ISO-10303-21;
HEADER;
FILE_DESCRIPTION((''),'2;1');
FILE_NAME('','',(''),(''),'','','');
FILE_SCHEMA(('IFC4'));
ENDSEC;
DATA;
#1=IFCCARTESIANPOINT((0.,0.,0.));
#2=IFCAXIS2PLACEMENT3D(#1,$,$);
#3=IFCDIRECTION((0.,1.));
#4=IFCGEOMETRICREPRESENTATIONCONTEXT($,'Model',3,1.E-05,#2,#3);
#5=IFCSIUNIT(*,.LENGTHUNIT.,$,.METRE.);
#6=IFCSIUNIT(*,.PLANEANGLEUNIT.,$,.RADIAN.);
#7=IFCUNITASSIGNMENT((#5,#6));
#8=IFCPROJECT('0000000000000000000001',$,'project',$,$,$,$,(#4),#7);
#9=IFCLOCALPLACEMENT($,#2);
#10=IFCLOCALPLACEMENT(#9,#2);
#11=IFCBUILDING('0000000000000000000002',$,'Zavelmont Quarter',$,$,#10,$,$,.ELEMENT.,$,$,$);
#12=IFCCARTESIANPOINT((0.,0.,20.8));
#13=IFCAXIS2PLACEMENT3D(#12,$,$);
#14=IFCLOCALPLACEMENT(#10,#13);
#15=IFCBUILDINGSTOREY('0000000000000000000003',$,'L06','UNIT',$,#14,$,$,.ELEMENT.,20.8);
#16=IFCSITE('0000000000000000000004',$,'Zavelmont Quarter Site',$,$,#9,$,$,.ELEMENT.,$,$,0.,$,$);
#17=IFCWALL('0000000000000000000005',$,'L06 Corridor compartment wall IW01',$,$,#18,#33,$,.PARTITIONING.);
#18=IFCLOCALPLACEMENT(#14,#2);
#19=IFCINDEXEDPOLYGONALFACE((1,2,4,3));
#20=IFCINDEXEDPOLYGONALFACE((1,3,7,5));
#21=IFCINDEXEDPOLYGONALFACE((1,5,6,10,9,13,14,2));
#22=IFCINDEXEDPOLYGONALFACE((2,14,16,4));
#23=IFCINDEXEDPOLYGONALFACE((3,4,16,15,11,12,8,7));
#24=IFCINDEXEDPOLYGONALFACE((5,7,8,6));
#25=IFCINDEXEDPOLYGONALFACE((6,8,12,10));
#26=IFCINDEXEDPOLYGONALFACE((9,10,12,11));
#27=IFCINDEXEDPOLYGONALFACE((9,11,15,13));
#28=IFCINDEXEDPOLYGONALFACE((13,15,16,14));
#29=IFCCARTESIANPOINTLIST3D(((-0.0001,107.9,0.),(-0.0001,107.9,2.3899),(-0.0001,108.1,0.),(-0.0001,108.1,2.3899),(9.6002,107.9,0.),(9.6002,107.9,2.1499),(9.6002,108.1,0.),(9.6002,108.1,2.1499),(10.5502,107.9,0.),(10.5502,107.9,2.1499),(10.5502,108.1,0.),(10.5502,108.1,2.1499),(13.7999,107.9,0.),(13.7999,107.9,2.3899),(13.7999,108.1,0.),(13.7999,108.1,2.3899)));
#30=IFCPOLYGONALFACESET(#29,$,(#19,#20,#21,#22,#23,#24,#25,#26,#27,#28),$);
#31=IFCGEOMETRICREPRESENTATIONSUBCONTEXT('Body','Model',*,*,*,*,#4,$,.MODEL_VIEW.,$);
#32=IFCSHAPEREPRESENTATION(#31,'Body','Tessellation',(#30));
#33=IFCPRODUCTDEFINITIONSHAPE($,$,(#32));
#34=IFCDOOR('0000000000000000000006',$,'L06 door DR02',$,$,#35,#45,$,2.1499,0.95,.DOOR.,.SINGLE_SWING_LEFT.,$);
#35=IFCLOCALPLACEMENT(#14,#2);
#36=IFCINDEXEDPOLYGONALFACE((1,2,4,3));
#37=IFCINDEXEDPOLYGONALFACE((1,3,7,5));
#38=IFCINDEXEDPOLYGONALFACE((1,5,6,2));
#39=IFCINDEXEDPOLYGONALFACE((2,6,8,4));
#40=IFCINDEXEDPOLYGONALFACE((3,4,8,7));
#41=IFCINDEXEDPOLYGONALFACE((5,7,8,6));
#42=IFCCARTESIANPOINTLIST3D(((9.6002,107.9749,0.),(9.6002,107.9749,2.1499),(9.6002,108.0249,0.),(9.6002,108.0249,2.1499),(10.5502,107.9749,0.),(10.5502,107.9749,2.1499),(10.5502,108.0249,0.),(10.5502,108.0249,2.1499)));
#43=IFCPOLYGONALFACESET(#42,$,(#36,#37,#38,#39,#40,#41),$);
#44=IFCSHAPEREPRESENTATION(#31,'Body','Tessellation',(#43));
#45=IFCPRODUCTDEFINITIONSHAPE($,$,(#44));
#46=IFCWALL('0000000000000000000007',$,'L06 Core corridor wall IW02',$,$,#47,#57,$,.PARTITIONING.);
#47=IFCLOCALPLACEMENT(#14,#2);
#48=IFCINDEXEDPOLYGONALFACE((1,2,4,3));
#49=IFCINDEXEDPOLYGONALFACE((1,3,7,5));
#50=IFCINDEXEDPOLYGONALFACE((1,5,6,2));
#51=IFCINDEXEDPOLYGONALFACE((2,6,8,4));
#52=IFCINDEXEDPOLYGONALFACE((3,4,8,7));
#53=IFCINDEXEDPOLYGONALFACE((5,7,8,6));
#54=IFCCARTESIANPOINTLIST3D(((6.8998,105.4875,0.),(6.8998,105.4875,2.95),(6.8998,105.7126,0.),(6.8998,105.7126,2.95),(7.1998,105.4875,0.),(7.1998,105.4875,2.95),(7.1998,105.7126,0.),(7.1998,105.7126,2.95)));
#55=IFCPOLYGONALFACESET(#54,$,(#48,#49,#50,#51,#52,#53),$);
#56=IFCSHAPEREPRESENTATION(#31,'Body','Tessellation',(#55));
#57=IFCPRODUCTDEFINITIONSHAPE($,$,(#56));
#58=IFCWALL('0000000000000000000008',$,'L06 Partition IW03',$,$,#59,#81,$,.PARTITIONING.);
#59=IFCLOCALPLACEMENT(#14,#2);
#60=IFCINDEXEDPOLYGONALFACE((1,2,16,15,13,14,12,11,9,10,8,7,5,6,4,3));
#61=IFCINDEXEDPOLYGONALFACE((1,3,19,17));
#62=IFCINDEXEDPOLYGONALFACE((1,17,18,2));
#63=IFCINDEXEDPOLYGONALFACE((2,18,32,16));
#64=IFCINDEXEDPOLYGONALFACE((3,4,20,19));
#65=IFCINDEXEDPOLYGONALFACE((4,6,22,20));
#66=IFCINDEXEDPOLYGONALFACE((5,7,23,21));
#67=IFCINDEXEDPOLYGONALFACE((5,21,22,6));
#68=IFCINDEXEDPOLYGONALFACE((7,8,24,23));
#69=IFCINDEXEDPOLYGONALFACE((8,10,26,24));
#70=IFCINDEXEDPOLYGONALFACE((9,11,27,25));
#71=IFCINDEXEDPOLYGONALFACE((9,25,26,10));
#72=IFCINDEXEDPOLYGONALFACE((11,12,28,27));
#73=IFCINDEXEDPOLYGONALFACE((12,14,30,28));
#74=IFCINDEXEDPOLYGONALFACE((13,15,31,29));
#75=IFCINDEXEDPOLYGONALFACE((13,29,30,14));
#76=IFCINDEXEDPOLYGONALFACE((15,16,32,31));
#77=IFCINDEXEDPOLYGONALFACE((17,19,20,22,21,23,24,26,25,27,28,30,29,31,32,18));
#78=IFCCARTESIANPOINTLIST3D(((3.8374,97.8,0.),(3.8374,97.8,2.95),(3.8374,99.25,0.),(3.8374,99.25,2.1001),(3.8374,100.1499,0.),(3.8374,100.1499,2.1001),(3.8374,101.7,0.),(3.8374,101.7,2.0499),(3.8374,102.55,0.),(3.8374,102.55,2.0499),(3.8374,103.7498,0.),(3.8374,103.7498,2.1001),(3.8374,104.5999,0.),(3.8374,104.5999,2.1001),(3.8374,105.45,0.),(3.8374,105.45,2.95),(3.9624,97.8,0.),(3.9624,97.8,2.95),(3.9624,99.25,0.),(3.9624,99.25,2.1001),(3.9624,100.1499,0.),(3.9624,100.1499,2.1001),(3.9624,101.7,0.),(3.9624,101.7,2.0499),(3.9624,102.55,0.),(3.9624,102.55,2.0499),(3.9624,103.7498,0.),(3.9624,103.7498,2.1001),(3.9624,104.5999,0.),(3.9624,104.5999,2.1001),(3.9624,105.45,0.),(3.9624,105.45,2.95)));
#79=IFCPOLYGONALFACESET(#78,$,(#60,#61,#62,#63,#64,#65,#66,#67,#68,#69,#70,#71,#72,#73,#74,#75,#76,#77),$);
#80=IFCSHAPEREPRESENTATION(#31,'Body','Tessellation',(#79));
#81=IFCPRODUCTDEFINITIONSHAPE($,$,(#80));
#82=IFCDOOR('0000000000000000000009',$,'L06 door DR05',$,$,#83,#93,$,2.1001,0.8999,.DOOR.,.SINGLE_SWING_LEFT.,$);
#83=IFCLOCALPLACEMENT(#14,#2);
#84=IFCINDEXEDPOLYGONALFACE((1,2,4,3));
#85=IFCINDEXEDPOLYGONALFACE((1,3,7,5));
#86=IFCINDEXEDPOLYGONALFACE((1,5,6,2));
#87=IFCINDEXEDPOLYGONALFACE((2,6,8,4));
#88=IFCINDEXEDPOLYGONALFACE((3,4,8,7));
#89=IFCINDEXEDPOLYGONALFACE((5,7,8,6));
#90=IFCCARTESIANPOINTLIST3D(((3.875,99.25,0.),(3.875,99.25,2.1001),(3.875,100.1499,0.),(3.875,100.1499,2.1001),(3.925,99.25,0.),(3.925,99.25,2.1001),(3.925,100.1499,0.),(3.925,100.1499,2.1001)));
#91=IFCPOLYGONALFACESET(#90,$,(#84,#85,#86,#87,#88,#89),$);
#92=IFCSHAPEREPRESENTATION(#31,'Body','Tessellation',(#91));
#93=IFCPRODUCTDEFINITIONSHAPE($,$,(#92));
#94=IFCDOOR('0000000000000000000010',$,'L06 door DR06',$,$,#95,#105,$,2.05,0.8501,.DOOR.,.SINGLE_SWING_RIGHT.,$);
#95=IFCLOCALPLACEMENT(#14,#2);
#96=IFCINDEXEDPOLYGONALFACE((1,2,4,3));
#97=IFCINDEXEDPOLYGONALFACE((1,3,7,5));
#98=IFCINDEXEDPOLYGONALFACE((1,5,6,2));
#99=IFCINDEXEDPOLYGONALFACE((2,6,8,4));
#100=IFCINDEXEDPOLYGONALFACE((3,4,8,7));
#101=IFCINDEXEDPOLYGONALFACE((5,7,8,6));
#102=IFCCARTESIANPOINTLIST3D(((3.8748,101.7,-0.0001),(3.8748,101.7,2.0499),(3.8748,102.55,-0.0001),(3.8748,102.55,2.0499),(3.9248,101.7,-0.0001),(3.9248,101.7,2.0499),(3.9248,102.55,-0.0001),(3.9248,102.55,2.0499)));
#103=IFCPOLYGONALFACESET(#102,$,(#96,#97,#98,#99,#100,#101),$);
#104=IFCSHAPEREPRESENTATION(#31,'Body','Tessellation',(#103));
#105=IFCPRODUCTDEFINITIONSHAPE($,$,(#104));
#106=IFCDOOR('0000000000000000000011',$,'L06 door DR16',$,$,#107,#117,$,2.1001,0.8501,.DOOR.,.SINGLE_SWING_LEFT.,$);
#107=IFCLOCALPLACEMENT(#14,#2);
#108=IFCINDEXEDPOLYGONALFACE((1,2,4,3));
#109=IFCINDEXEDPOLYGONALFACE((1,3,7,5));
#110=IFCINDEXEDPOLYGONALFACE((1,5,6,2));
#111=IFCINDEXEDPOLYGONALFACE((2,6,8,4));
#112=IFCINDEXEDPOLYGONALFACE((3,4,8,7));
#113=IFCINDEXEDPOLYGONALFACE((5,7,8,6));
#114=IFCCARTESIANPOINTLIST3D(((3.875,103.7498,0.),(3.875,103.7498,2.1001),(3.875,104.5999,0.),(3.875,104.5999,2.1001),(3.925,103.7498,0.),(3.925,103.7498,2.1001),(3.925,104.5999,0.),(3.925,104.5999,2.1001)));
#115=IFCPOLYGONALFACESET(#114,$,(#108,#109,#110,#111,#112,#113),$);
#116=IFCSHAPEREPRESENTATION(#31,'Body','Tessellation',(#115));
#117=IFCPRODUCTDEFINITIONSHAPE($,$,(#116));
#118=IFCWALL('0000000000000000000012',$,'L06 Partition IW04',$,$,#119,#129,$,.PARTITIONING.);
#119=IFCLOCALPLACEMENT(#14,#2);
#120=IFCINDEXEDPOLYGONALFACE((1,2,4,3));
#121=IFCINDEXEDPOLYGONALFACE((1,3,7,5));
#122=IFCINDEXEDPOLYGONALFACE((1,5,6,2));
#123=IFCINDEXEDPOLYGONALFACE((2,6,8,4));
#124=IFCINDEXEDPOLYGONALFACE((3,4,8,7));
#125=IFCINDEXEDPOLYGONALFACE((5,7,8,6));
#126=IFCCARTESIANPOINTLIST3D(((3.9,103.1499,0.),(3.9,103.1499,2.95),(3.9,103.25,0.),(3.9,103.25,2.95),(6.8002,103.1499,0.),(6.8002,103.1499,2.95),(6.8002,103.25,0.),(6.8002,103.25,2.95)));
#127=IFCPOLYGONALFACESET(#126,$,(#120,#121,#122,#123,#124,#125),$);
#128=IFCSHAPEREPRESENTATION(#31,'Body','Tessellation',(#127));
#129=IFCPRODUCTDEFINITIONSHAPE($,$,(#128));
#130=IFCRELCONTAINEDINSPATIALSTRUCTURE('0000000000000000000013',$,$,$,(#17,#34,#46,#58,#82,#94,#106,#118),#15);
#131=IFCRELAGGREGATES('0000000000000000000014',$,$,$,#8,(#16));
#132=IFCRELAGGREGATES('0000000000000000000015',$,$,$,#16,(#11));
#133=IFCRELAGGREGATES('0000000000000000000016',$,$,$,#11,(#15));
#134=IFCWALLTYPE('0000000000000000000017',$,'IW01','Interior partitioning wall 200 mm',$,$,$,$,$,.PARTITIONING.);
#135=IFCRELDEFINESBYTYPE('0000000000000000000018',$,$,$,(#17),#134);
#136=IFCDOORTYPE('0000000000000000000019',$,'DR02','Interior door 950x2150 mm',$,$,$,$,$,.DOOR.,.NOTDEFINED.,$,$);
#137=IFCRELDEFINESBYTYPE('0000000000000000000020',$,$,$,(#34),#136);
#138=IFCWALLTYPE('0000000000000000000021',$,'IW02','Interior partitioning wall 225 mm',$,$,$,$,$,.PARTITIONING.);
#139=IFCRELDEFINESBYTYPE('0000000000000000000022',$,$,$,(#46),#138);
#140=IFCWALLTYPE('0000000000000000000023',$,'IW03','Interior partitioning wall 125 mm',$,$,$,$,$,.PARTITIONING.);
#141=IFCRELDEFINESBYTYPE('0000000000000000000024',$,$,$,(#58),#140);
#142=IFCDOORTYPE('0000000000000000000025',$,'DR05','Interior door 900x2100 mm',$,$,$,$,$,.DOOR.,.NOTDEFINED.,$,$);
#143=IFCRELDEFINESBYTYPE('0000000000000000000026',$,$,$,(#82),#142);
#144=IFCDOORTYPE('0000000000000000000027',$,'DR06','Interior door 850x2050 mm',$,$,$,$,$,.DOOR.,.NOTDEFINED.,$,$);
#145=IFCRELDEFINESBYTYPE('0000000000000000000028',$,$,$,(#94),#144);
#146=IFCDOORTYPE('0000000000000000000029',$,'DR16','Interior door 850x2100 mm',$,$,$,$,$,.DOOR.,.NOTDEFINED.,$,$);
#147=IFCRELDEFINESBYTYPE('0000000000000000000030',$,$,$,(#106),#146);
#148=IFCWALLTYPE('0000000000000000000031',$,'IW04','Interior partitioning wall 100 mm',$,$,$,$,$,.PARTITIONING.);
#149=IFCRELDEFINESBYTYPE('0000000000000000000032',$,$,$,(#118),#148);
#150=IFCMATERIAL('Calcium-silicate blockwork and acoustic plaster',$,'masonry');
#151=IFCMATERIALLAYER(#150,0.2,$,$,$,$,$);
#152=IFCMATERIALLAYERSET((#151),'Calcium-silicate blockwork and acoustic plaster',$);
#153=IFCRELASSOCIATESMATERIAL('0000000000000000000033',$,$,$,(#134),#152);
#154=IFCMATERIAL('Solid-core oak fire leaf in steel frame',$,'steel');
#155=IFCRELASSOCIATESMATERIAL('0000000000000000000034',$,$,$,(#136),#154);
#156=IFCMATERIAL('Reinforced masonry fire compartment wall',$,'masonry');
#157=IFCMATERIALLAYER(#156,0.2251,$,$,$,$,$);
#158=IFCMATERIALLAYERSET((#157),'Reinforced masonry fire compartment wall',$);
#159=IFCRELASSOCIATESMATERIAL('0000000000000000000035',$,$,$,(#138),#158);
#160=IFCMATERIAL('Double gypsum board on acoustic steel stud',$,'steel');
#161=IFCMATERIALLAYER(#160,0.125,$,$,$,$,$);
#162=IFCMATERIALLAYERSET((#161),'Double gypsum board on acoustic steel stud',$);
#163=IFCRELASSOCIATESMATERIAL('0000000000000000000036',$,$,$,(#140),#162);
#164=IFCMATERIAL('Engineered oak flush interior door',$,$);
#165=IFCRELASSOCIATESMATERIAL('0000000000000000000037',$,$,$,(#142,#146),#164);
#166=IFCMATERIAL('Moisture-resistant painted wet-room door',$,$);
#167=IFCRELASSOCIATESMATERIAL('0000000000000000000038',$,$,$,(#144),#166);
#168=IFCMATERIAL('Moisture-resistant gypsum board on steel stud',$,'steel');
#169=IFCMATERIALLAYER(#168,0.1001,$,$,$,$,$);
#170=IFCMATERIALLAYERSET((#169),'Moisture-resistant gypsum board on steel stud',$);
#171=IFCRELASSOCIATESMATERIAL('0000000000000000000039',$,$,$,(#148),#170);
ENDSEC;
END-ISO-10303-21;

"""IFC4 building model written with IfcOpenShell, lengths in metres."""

from ifc_helpers import new_model, si_unit, direction, frame, frame_2d, origin, origin_with_axes, place, context, subcontext, project, spatial, rectangle, extrude, material, layer, layer_set, type_object, element, fill, save


model = new_model("IFC4")

# Units and contexts
model_context = context("Model", 3, precision=1e-05, world=origin(), true_north=direction((0.0, 1.0)))
body_context = subcontext(model_context, "Body", "Model", "MODEL_VIEW")
ifc_project = project(units=[si_unit("LENGTHUNIT", "METRE"), si_unit("PLANEANGLEUNIT", "RADIAN")], contexts=[model_context])

# Site, building, storey
site_placement = place(None, origin())
site = spatial("IfcSite", under=ifc_project, at=site_placement, Name="Zavelmont Quarter Site", CompositionType="ELEMENT", RefElevation=0.0)
building_placement = place(site_placement, origin())
building = spatial("IfcBuilding", under=site, at=building_placement, Name="Zavelmont Quarter", CompositionType="ELEMENT")
storey_placement = place(building_placement, frame((0.0, 0.0, 20.8)))
storey = spatial("IfcBuildingStorey", under=building, at=storey_placement, Name="L06", Description="UNIT", CompositionType="ELEMENT", Elevation=20.8)

# Wall, opening, door
ifc_material_1 = material(Name="Calcium-silicate blockwork and acoustic plaster", Category="masonry")
ifc_layer_1 = layer(ifc_material_1, 0.2)
ifc_layer_set_1 = layer_set([ifc_layer_1], Name="Calcium-silicate blockwork and acoustic plaster")
wall_type_1 = type_object("IfcWallType", Name="IW01", Description="Interior partitioning wall 200 mm", PredefinedType="PARTITIONING", material=ifc_layer_set_1)
wall_1_placement = place(storey_placement, frame((0.0, 108.0, 0.0), z_axis=(0.0, 0.0, 1.0), x_axis=(1.0, 0.0, 0.0)))
wall_1 = element("IfcWall", 1, at=wall_1_placement, inside=storey, type_object=wall_type_1, Name="L06 Corridor compartment wall IW01", PredefinedType="PARTITIONING", context=body_context, shape_type="SweptSolid", body=[
    extrude(rectangle(XDim=13.8, YDim=0.2, at=frame_2d((6.8999, 0.0))), origin(), (0.0, 0.0, 1.0), 2.3899),
])
opening_1_placement = place(wall_1_placement, frame((9.6001, 0.0, 0.0)))
opening_1 = element("IfcOpeningElement", 2, at=opening_1_placement, cuts=wall_1, PredefinedType="OPENING", context=body_context, shape_type="SweptSolid", body=[
    extrude(rectangle(XDim=0.95, YDim=2.1499, at=frame_2d((0.4751, 1.075))), frame((0.0, 0.1118, 0.0), z_axis=(0.0, -1.0, 0.0), x_axis=(1.0, 0.0, 0.0)), (0.0, 0.0, 1.0), 0.2239),
])
ifc_material_2 = material(Name="Solid-core oak fire leaf in steel frame", Category="steel")
door_type_1 = type_object("IfcDoorType", Name="DR02", Description="Interior door 950x2150 mm", OperationType="NOTDEFINED", PredefinedType="DOOR", material=ifc_material_2)
door_1_placement = place(opening_1_placement, origin_with_axes())
door_1 = element("IfcDoor", 3, at=door_1_placement, inside=storey, type_object=door_type_1, Name="L06 door DR02", OperationType="SINGLE_SWING_LEFT", OverallHeight=2.1499, OverallWidth=0.95, PredefinedType="DOOR", context=body_context, shape_type="SweptSolid", body=[
    extrude(rectangle(XDim=0.95, YDim=2.1499, at=frame_2d((0.4751, 1.075))), frame((0.0, 0.0249, 0.0), z_axis=(0.0, -1.0, 0.0), x_axis=(1.0, 0.0, 0.0)), (0.0, 0.0, 1.0), 0.05),
])
fill(opening_1, door_1)

# Wall
ifc_material_3 = material(Name="Reinforced masonry fire compartment wall", Category="masonry")
ifc_layer_2 = layer(ifc_material_3, 0.2251)
ifc_layer_set_2 = layer_set([ifc_layer_2], Name="Reinforced masonry fire compartment wall")
wall_type_2 = type_object("IfcWallType", Name="IW02", Description="Interior partitioning wall 225 mm", PredefinedType="PARTITIONING", material=ifc_layer_set_2)
wall_2_placement = place(storey_placement, frame((6.8999, 105.6001, 0.0), z_axis=(0.0, 0.0, 1.0), x_axis=(1.0, 0.0, 0.0)))
element("IfcWall", 4, at=wall_2_placement, inside=storey, type_object=wall_type_2, Name="L06 Core corridor wall IW02", PredefinedType="PARTITIONING", context=body_context, shape_type="SweptSolid", body=[
    extrude(rectangle(XDim=0.3, YDim=0.2251, at=frame_2d((0.1499, 0.0))), origin(), (0.0, 0.0, 1.0), 2.95),
])

# Wall, openings, doors
ifc_material_4 = material(Name="Double gypsum board on acoustic steel stud", Category="steel")
ifc_layer_3 = layer(ifc_material_4, 0.125)
ifc_layer_set_3 = layer_set([ifc_layer_3], Name="Double gypsum board on acoustic steel stud")
wall_type_3 = type_object("IfcWallType", Name="IW03", Description="Interior partitioning wall 125 mm", PredefinedType="PARTITIONING", material=ifc_layer_set_3)
wall_3_placement = place(storey_placement, frame((3.8999, 105.45, 0.0), z_axis=(0.0, 0.0, 1.0), x_axis=(0.0, -1.0, 0.0)))
wall_3 = element("IfcWall", 5, at=wall_3_placement, inside=storey, type_object=wall_type_3, Name="L06 Partition IW03", PredefinedType="PARTITIONING", context=body_context, shape_type="SweptSolid", body=[
    extrude(rectangle(XDim=7.6499, YDim=0.125, at=frame_2d((3.825, 0.0))), origin(), (0.0, 0.0, 1.0), 2.95),
])
opening_2_placement = place(wall_3_placement, frame((0.8501, 0.0, 0.0)))
opening_2 = element("IfcOpeningElement", 6, at=opening_2_placement, cuts=wall_3, PredefinedType="OPENING", context=body_context, shape_type="SweptSolid", body=[
    extrude(rectangle(XDim=0.8501, YDim=2.1001, at=frame_2d((0.425, 1.05))), frame((0.0, 0.0745, 0.0), z_axis=(0.0, -1.0, 0.0), x_axis=(1.0, 0.0, 0.0)), (0.0, 0.0, 1.0), 0.1489),
])
opening_3_placement = place(wall_3_placement, frame((2.8999, 0.0, 0.0)))
opening_3 = element("IfcOpeningElement", 7, at=opening_3_placement, cuts=wall_3, PredefinedType="OPENING", context=body_context, shape_type="SweptSolid", body=[
    extrude(rectangle(XDim=0.8501, YDim=2.05, at=frame_2d((0.425, 1.0249))), frame((0.0, 0.0745, 0.0), z_axis=(0.0, -1.0, 0.0), x_axis=(1.0, 0.0, 0.0)), (0.0, 0.0, 1.0), 0.1489),
])
opening_4_placement = place(wall_3_placement, frame((5.3, 0.0, 0.0)))
opening_4 = element("IfcOpeningElement", 8, at=opening_4_placement, cuts=wall_3, PredefinedType="OPENING", context=body_context, shape_type="SweptSolid", body=[
    extrude(rectangle(XDim=0.8999, YDim=2.1001, at=frame_2d((0.45, 1.05))), frame((0.0, 0.0745, 0.0), z_axis=(0.0, -1.0, 0.0), x_axis=(1.0, 0.0, 0.0)), (0.0, 0.0, 1.0), 0.1489),
])
ifc_material_5 = material(Name="Engineered oak flush interior door")
door_type_2 = type_object("IfcDoorType", Name="DR05", Description="Interior door 900x2100 mm", OperationType="NOTDEFINED", PredefinedType="DOOR", material=ifc_material_5)
door_2_placement = place(opening_4_placement, frame((0.8999, 0.0, 0.0), z_axis=(0.0, 0.0, 1.0), x_axis=(-1.0, 0.0, 0.0)))
door_2 = element("IfcDoor", 9, at=door_2_placement, inside=storey, type_object=door_type_2, Name="L06 door DR05", OperationType="SINGLE_SWING_LEFT", OverallHeight=2.1001, OverallWidth=0.8999, PredefinedType="DOOR", context=body_context, shape_type="SweptSolid", body=[
    extrude(rectangle(XDim=0.8999, YDim=2.1001, at=frame_2d((0.45, 1.05))), frame((0.0, 0.0249, 0.0), z_axis=(0.0, -1.0, 0.0), x_axis=(1.0, 0.0, 0.0)), (0.0, 0.0, 1.0), 0.05),
])
fill(opening_4, door_2)
ifc_material_6 = material(Name="Moisture-resistant painted wet-room door")
door_type_3 = type_object("IfcDoorType", Name="DR06", Description="Interior door 850x2050 mm", OperationType="NOTDEFINED", PredefinedType="DOOR", material=ifc_material_6)
door_3_placement = place(opening_3_placement, origin_with_axes())
door_3 = element("IfcDoor", 10, at=door_3_placement, inside=storey, type_object=door_type_3, Name="L06 door DR06", OperationType="SINGLE_SWING_RIGHT", OverallHeight=2.05, OverallWidth=0.8501, PredefinedType="DOOR", context=body_context, shape_type="SweptSolid", body=[
    extrude(rectangle(XDim=0.8501, YDim=2.05, at=frame_2d((0.425, 1.0249))), frame((0.0, 0.0249, 0.0), z_axis=(0.0, -1.0, 0.0), x_axis=(1.0, 0.0, 0.0)), (0.0, 0.0, 1.0), 0.05),
])
fill(opening_3, door_3)
door_type_4 = type_object("IfcDoorType", Name="DR16", Description="Interior door 850x2100 mm", OperationType="NOTDEFINED", PredefinedType="DOOR", material=ifc_material_5)
door_4_placement = place(opening_2_placement, frame((0.8501, 0.0, 0.0), z_axis=(0.0, 0.0, 1.0), x_axis=(-1.0, 0.0, 0.0)))
door_4 = element("IfcDoor", 11, at=door_4_placement, inside=storey, type_object=door_type_4, Name="L06 door DR16", OperationType="SINGLE_SWING_LEFT", OverallHeight=2.1001, OverallWidth=0.8501, PredefinedType="DOOR", context=body_context, shape_type="SweptSolid", body=[
    extrude(rectangle(XDim=0.8501, YDim=2.1001, at=frame_2d((0.425, 1.05))), frame((0.0, 0.0249, 0.0), z_axis=(0.0, -1.0, 0.0), x_axis=(1.0, 0.0, 0.0)), (0.0, 0.0, 1.0), 0.05),
])
fill(opening_2, door_4)

# Wall
ifc_material_7 = material(Name="Moisture-resistant gypsum board on steel stud", Category="steel")
ifc_layer_4 = layer(ifc_material_7, 0.1001)
ifc_layer_set_4 = layer_set([ifc_layer_4], Name="Moisture-resistant gypsum board on steel stud")
wall_type_4 = type_object("IfcWallType", Name="IW04", Description="Interior partitioning wall 100 mm", PredefinedType="PARTITIONING", material=ifc_layer_set_4)
wall_4_placement = place(storey_placement, frame((3.8999, 103.2, 0.0), z_axis=(0.0, 0.0, 1.0), x_axis=(1.0, 0.0, 0.0)))
element("IfcWall", 12, at=wall_4_placement, inside=storey, type_object=wall_type_4, Name="L06 Partition IW04", PredefinedType="PARTITIONING", context=body_context, shape_type="SweptSolid", body=[
    extrude(rectangle(XDim=2.9001, YDim=0.1001, at=frame_2d((1.4502, 0.0))), origin(), (0.0, 0.0, 1.0), 2.95),
])

save(model, "model.ifc")
